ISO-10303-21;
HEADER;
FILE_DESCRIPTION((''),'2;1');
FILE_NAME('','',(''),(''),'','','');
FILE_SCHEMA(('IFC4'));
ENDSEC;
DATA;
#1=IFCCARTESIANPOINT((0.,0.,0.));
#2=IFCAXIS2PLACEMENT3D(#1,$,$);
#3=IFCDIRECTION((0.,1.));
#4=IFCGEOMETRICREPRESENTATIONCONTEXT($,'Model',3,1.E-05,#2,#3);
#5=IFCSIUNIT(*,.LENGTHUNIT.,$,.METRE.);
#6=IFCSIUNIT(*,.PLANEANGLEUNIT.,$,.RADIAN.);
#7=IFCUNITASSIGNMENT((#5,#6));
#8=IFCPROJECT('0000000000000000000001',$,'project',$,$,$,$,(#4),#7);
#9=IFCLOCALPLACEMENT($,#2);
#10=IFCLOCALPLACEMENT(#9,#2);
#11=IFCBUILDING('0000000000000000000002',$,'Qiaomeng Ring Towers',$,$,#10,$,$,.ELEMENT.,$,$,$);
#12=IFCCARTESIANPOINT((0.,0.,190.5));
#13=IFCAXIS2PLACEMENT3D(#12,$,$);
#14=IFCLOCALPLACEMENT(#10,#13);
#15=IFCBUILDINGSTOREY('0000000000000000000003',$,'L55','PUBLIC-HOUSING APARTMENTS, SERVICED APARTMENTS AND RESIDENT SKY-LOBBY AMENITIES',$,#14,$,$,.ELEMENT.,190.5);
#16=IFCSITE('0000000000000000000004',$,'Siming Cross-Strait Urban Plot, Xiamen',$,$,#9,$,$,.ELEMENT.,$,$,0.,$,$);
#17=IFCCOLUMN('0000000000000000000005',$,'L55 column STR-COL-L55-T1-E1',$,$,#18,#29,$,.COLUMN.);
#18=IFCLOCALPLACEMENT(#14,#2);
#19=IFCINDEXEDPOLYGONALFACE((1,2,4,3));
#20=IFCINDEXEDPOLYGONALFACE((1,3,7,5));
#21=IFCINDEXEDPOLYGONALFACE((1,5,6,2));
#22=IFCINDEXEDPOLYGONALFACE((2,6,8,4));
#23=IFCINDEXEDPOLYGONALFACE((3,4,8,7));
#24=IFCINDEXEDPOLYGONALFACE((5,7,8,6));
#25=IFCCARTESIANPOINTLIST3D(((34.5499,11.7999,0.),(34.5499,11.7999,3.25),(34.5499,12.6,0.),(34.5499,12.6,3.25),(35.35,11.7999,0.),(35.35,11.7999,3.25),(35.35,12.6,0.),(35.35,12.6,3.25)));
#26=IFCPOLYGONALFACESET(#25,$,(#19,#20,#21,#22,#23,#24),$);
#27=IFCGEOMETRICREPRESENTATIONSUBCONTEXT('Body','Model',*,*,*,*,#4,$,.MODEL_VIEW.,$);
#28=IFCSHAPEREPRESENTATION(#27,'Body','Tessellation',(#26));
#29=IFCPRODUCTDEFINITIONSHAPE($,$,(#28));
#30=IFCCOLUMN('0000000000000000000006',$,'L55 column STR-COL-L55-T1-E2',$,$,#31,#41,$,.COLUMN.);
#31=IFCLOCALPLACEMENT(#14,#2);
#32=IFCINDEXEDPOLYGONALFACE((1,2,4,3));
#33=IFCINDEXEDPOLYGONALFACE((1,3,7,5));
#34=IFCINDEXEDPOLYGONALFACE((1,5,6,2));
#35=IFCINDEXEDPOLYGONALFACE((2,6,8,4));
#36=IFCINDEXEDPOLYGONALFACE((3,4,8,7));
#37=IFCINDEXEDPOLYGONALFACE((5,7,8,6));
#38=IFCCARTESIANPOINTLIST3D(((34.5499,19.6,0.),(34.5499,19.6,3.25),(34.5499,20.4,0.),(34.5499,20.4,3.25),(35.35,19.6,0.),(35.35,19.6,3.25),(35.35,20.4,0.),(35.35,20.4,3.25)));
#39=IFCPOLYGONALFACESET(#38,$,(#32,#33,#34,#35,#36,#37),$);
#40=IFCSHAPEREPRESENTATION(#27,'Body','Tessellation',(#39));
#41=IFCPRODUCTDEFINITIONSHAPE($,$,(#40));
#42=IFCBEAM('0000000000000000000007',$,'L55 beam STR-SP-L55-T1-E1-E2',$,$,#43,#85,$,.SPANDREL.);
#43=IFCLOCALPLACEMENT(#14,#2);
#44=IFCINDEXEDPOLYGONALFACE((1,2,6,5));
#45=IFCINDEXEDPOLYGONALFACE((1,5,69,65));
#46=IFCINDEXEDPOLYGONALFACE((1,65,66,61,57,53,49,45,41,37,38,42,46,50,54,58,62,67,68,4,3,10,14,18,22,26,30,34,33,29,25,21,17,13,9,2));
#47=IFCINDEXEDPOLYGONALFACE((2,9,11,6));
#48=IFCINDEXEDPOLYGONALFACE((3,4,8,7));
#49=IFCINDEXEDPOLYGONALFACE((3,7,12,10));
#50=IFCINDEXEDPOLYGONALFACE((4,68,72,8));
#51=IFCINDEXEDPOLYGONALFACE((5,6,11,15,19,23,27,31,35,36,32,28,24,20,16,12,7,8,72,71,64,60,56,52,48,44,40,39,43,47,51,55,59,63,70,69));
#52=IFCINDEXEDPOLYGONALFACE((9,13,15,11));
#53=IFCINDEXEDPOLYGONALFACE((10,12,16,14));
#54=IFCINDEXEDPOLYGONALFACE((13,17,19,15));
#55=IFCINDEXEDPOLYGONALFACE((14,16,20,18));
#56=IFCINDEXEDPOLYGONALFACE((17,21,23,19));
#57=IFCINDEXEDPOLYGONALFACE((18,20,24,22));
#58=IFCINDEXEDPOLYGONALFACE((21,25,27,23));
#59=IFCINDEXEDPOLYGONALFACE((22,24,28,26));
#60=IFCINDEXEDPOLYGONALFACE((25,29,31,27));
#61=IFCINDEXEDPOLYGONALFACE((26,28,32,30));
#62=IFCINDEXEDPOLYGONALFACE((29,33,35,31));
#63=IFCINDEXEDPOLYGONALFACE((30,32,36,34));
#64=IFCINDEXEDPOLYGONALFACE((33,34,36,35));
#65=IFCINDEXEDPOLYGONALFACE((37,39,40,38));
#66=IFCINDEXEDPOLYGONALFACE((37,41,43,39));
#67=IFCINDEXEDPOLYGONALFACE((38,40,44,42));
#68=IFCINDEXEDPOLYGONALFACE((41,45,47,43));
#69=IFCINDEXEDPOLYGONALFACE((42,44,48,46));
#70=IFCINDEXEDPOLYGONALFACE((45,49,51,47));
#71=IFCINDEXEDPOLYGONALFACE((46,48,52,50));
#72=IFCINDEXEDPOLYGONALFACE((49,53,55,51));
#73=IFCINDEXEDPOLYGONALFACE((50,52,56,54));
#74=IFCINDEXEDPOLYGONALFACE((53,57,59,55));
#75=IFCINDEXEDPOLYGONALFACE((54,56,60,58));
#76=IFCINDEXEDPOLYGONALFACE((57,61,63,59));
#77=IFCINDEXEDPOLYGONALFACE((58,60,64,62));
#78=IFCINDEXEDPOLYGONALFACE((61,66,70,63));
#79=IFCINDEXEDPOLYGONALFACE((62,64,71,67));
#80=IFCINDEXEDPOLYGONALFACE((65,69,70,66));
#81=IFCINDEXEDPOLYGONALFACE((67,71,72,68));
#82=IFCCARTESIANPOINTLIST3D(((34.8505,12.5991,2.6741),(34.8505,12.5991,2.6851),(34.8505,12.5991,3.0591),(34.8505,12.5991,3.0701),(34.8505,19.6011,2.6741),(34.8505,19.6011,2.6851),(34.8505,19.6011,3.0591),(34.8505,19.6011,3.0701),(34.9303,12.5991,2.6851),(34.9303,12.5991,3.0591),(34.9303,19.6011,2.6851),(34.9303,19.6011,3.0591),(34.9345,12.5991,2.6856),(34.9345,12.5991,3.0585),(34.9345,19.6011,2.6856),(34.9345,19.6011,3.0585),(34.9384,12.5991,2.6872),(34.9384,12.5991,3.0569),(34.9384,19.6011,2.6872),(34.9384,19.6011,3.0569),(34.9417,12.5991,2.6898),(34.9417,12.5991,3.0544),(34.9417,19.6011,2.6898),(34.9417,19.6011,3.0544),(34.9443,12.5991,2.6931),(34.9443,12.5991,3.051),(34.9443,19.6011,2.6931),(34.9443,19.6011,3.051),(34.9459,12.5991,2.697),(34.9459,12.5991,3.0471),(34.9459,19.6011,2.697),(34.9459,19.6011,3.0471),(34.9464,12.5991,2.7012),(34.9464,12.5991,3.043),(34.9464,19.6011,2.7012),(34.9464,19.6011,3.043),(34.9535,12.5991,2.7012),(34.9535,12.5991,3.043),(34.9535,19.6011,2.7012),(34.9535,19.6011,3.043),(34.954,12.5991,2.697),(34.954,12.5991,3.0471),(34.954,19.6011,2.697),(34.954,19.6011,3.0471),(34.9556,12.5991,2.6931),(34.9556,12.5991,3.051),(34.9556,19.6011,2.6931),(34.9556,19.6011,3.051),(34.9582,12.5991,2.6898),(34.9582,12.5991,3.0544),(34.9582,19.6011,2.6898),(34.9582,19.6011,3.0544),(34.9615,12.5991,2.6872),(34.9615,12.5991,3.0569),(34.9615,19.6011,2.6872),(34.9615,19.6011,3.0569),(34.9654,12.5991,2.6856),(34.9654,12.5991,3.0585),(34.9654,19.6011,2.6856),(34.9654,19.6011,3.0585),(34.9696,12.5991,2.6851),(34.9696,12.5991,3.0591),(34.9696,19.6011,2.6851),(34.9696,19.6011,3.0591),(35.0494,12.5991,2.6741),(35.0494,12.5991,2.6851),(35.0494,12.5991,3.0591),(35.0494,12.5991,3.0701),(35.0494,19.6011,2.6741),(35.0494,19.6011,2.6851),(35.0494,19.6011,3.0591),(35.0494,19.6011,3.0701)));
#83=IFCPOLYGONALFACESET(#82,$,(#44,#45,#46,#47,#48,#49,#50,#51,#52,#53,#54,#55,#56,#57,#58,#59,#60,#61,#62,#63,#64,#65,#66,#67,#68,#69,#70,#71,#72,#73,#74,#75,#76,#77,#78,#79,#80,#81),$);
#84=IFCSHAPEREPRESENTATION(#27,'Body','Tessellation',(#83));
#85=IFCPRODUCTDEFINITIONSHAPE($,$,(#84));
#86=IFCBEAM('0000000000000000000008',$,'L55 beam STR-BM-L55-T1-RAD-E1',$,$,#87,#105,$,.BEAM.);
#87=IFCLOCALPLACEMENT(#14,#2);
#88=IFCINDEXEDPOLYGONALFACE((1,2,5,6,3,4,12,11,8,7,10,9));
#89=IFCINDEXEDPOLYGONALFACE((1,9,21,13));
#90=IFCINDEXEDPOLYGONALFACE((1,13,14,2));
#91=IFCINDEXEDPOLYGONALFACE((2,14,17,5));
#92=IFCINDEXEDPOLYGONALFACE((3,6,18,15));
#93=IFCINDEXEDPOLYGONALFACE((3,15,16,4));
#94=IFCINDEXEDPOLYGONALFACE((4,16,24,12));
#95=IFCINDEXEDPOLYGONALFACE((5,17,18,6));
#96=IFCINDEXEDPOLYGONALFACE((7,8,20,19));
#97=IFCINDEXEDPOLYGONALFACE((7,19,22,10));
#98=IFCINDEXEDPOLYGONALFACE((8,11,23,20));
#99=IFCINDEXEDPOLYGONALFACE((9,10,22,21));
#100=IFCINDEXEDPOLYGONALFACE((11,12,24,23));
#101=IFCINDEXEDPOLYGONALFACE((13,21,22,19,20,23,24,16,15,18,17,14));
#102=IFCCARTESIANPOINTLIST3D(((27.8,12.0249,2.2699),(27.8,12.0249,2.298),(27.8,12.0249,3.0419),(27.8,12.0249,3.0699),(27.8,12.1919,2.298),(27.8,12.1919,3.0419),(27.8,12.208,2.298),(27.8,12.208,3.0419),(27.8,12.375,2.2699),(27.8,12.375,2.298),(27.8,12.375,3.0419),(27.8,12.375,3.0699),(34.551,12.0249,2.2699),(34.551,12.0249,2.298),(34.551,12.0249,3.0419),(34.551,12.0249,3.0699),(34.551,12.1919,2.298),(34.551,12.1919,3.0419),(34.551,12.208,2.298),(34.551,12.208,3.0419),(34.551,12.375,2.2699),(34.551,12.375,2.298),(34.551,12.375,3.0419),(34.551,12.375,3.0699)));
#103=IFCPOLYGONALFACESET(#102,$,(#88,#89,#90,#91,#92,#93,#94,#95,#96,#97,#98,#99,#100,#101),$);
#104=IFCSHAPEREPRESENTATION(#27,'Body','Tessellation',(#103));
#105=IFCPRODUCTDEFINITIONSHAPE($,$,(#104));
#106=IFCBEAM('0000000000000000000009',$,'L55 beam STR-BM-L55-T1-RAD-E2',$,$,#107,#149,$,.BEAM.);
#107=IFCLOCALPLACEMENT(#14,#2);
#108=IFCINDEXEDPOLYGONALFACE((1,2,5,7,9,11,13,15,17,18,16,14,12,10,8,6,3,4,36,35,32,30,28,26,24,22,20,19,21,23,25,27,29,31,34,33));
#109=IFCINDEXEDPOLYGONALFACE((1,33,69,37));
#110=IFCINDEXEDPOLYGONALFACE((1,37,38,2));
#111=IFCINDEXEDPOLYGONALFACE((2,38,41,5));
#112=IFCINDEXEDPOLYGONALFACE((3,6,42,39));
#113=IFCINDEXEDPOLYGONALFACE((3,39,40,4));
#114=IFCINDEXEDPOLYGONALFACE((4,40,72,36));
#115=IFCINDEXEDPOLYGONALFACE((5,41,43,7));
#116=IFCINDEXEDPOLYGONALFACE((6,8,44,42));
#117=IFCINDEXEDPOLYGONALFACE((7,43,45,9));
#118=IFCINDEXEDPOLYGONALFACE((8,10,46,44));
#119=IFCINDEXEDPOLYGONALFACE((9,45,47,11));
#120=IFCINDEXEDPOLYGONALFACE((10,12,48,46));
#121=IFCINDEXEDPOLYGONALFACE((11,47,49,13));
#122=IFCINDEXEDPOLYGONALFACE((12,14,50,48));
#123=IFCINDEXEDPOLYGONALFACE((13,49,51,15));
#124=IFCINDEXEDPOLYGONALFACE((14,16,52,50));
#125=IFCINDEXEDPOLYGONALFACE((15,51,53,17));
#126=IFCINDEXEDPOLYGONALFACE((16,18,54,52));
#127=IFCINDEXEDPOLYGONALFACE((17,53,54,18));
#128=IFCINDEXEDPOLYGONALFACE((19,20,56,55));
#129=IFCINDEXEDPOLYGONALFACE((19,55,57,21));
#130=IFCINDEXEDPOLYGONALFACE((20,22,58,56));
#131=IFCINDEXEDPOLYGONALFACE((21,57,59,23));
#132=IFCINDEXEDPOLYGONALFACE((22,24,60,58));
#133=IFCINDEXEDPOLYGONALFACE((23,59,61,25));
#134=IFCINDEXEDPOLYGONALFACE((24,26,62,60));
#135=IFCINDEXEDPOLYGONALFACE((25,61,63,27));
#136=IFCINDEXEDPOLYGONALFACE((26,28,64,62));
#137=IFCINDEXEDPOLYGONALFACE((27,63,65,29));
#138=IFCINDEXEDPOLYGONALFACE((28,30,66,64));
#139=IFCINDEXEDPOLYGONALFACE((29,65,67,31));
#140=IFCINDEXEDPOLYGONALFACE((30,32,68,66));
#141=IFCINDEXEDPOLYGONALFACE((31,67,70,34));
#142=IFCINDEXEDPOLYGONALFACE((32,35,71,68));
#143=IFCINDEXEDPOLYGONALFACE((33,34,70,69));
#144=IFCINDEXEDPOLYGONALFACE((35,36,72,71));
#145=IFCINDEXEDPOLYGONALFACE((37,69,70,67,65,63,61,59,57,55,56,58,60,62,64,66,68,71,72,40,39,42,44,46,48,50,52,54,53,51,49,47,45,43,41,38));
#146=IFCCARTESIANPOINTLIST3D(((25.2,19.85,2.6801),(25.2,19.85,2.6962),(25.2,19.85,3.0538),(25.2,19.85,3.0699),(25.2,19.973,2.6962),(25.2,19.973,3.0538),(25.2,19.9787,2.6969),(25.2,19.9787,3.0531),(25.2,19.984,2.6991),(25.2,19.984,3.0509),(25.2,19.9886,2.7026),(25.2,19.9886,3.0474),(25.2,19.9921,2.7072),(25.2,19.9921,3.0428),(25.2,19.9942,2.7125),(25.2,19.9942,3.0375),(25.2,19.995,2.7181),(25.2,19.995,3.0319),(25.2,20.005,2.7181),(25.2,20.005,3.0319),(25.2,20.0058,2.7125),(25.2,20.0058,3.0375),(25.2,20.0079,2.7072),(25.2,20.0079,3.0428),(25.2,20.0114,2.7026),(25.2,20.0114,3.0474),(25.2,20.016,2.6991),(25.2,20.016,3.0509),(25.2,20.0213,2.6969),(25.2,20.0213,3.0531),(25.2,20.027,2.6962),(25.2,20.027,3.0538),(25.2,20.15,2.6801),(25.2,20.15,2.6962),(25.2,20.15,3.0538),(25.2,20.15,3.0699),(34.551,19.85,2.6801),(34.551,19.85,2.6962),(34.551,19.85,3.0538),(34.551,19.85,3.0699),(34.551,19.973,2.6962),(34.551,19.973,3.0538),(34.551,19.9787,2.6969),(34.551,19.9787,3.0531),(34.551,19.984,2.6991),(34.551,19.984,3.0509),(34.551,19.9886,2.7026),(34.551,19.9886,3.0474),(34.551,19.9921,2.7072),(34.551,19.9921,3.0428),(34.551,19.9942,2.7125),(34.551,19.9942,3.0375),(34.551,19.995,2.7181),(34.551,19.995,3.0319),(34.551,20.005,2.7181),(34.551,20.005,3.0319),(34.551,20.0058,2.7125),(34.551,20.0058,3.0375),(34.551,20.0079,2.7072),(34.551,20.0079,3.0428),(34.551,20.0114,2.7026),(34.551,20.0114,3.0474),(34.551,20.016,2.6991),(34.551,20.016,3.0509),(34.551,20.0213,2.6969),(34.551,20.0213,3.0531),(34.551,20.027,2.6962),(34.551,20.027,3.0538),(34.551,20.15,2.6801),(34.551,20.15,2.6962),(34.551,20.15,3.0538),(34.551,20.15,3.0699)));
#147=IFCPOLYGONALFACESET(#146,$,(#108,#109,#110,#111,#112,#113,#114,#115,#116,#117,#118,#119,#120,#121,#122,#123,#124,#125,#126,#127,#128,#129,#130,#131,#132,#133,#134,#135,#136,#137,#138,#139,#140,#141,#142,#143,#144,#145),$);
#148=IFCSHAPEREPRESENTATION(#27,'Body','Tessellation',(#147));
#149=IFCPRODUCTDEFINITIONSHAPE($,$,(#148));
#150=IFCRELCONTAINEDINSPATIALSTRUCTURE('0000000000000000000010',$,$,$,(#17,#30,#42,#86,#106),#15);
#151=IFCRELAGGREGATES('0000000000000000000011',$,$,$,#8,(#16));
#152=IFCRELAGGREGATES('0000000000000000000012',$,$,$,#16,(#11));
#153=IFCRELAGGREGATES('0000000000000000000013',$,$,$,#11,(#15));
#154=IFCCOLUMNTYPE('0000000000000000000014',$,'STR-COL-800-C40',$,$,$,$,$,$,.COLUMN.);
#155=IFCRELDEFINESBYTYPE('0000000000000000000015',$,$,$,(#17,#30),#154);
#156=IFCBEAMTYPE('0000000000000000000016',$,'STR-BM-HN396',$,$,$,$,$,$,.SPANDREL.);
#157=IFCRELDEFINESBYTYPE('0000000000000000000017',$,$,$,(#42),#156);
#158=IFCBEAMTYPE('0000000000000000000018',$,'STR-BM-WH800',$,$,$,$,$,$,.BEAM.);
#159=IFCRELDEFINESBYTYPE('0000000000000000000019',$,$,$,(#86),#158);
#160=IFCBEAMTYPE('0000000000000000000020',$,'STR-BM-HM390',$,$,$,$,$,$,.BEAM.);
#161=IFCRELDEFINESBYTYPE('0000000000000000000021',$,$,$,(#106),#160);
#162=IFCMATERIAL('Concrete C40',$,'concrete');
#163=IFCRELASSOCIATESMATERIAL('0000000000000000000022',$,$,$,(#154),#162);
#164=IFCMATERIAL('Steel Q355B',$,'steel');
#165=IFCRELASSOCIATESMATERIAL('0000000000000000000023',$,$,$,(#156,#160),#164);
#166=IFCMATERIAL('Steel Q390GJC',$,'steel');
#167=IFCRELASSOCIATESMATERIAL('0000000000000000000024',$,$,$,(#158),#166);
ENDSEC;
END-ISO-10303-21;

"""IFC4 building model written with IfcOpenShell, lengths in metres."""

from ifc_helpers import new_model, si_unit, direction, frame, origin, origin_2d, place, context, subcontext, project, spatial, rectangle, i_section, extrude, source, transform, mapped, material, material_profile, profile_set, type_object, element, save


model = new_model("IFC4")

# Units and contexts
model_context = context("Model", 3, precision=1e-05, world=origin(), true_north=direction((0.0, 1.0)))
body_context = subcontext(model_context, "Body", "Model", "MODEL_VIEW")
ifc_project = project(units=[si_unit("LENGTHUNIT", "METRE"), si_unit("PLANEANGLEUNIT", "RADIAN")], contexts=[model_context])

# Site, building, storey
site_placement = place(None, origin())
site = spatial("IfcSite", under=ifc_project, at=site_placement, Name="Siming Cross-Strait Urban Plot, Xiamen", CompositionType="ELEMENT", RefElevation=0.0)
building_placement = place(site_placement, origin())
building = spatial("IfcBuilding", under=site, at=building_placement, Name="Qiaomeng Ring Towers", CompositionType="ELEMENT")
storey_placement = place(building_placement, frame((0.0, 0.0, 190.5)))
storey = spatial("IfcBuildingStorey", under=building, at=storey_placement, Name="L55", Description="PUBLIC-HOUSING APARTMENTS, SERVICED APARTMENTS AND RESIDENT SKY-LOBBY AMENITIES", CompositionType="ELEMENT", Elevation=190.5)

# Columns
ifc_material_1 = material(Name="Concrete C40", Category="concrete")
ifc_material_profile_1 = material_profile(ifc_material_1, rectangle(XDim=0.8, YDim=0.8, at=origin_2d()), Name="RC COL 800x800")
ifc_profile_set_1 = profile_set([ifc_material_profile_1], Name="Concrete C40")
column_type = type_object("IfcColumnType", Name="STR-COL-800-C40", PredefinedType="COLUMN", material=ifc_profile_set_1)
shared_shape_1 = source(origin(), body_context, "Body", "SweptSolid", [
    extrude(rectangle(XDim=0.8, YDim=0.8, at=origin_2d()), origin(), (0.0, 0.0, 1.0), 3.25),
])
for number, where, z_axis, x_axis, name in (
    (1, (34.95, 12.2, 0.0), (0.0, 0.0, 1.0), (1.0, 0.0, 0.0), "L55 column STR-COL-L55-T1-E1"),
    (2, (34.95, 20.0, 0.0), (0.0, 0.0, 1.0), (1.0, 0.0, 0.0), "L55 column STR-COL-L55-T1-E2"),
):
    element("IfcColumn", number, at=place(storey_placement, frame(where, z_axis=z_axis, x_axis=x_axis)), inside=storey, type_object=column_type, Name=name, PredefinedType="COLUMN", context=body_context, shape_type="MappedRepresentation", body=[
        mapped(shared_shape_1, transform((0.0, 0.0, 0.0), x_axis=(1.0, 0.0, 0.0), y_axis=(0.0, 1.0, 0.0), z_axis=(0.0, 0.0, 1.0), scale=1.0)),
    ])

# Beams
ifc_material_2 = material(Name="Steel Q355B", Category="steel")
ifc_material_profile_2 = material_profile(ifc_material_2, i_section(OverallWidth=0.199, OverallDepth=0.396, WebThickness=0.0071, FlangeThickness=0.011, FilletRadius=0.0161, at=origin_2d()), Name="HN 396x199x7x11")
ifc_profile_set_2 = profile_set([ifc_material_profile_2], Name="Steel Q355B")
beam_type_1 = type_object("IfcBeamType", Name="STR-BM-HN396", PredefinedType="SPANDREL", material=ifc_profile_set_2)
shared_shape_2 = source(origin(), body_context, "Body", "SweptSolid", [
    extrude(i_section(OverallWidth=0.199, OverallDepth=0.396, WebThickness=0.0071, FlangeThickness=0.011, FilletRadius=0.0161, at=origin_2d()), origin(), (0.0, 0.0, 1.0), 7.002),
])
beam_1_placement = place(storey_placement, frame((34.95, 12.5991, 2.8721), z_axis=(0.0, 1.0, 0.0), x_axis=(-1.0, 0.0, 0.0)))
element("IfcBeam", 3, at=beam_1_placement, inside=storey, type_object=beam_type_1, Name="L55 beam STR-SP-L55-T1-E1-E2", PredefinedType="SPANDREL", context=body_context, shape_type="MappedRepresentation", body=[
    mapped(shared_shape_2, transform((0.0, 0.0, 0.0), x_axis=(1.0, 0.0, 0.0), y_axis=(0.0, 1.0, 0.0), z_axis=(0.0, 0.0, 1.0), scale=1.0)),
])
ifc_material_3 = material(Name="Steel Q390GJC", Category="steel")
ifc_material_profile_3 = material_profile(ifc_material_3, i_section(OverallWidth=0.3501, OverallDepth=0.8, WebThickness=0.0161, FlangeThickness=0.0281, at=origin_2d()), Name="WH 800x350x16x28")
ifc_profile_set_3 = profile_set([ifc_material_profile_3], Name="Steel Q390GJC")
beam_type_2 = type_object("IfcBeamType", Name="STR-BM-WH800", PredefinedType="BEAM", material=ifc_profile_set_3)
shared_shape_3 = source(origin(), body_context, "Body", "SweptSolid", [
    extrude(i_section(OverallWidth=0.3501, OverallDepth=0.8, WebThickness=0.0161, FlangeThickness=0.0281, at=origin_2d()), origin(), (0.0, 0.0, 1.0), 6.751),
])
beam_2_placement = place(storey_placement, frame((27.8, 12.2, 2.6699), z_axis=(1.0, 0.0, 0.0), x_axis=(0.0, 1.0, 0.0)))
element("IfcBeam", 4, at=beam_2_placement, inside=storey, type_object=beam_type_2, Name="L55 beam STR-BM-L55-T1-RAD-E1", PredefinedType="BEAM", context=body_context, shape_type="MappedRepresentation", body=[
    mapped(shared_shape_3, transform((0.0, 0.0, 0.0), x_axis=(1.0, 0.0, 0.0), y_axis=(0.0, 1.0, 0.0), z_axis=(0.0, 0.0, 1.0), scale=1.0)),
])
ifc_material_profile_4 = material_profile(ifc_material_2, i_section(OverallWidth=0.3, OverallDepth=0.3899, WebThickness=0.01, FlangeThickness=0.0161, FilletRadius=0.022, at=origin_2d()), Name="HM 390x300x10x16")
ifc_profile_set_4 = profile_set([ifc_material_profile_4], Name="Steel Q355B")
beam_type_3 = type_object("IfcBeamType", Name="STR-BM-HM390", PredefinedType="BEAM", material=ifc_profile_set_4)
shared_shape_4 = source(origin(), body_context, "Body", "SweptSolid", [
    extrude(i_section(OverallWidth=0.3, OverallDepth=0.3899, WebThickness=0.01, FlangeThickness=0.0161, FilletRadius=0.022, at=origin_2d()), origin(), (0.0, 0.0, 1.0), 9.3511),
])
beam_3_placement = place(storey_placement, frame((25.2, 20.0, 2.875), z_axis=(1.0, 0.0, 0.0), x_axis=(0.0, 1.0, 0.0)))
element("IfcBeam", 5, at=beam_3_placement, inside=storey, type_object=beam_type_3, Name="L55 beam STR-BM-L55-T1-RAD-E2", PredefinedType="BEAM", context=body_context, shape_type="MappedRepresentation", body=[
    mapped(shared_shape_4, transform((0.0, 0.0, 0.0), x_axis=(1.0, 0.0, 0.0), y_axis=(0.0, 1.0, 0.0), z_axis=(0.0, 0.0, 1.0), scale=1.0)),
])

save(model, "model.ifc")
